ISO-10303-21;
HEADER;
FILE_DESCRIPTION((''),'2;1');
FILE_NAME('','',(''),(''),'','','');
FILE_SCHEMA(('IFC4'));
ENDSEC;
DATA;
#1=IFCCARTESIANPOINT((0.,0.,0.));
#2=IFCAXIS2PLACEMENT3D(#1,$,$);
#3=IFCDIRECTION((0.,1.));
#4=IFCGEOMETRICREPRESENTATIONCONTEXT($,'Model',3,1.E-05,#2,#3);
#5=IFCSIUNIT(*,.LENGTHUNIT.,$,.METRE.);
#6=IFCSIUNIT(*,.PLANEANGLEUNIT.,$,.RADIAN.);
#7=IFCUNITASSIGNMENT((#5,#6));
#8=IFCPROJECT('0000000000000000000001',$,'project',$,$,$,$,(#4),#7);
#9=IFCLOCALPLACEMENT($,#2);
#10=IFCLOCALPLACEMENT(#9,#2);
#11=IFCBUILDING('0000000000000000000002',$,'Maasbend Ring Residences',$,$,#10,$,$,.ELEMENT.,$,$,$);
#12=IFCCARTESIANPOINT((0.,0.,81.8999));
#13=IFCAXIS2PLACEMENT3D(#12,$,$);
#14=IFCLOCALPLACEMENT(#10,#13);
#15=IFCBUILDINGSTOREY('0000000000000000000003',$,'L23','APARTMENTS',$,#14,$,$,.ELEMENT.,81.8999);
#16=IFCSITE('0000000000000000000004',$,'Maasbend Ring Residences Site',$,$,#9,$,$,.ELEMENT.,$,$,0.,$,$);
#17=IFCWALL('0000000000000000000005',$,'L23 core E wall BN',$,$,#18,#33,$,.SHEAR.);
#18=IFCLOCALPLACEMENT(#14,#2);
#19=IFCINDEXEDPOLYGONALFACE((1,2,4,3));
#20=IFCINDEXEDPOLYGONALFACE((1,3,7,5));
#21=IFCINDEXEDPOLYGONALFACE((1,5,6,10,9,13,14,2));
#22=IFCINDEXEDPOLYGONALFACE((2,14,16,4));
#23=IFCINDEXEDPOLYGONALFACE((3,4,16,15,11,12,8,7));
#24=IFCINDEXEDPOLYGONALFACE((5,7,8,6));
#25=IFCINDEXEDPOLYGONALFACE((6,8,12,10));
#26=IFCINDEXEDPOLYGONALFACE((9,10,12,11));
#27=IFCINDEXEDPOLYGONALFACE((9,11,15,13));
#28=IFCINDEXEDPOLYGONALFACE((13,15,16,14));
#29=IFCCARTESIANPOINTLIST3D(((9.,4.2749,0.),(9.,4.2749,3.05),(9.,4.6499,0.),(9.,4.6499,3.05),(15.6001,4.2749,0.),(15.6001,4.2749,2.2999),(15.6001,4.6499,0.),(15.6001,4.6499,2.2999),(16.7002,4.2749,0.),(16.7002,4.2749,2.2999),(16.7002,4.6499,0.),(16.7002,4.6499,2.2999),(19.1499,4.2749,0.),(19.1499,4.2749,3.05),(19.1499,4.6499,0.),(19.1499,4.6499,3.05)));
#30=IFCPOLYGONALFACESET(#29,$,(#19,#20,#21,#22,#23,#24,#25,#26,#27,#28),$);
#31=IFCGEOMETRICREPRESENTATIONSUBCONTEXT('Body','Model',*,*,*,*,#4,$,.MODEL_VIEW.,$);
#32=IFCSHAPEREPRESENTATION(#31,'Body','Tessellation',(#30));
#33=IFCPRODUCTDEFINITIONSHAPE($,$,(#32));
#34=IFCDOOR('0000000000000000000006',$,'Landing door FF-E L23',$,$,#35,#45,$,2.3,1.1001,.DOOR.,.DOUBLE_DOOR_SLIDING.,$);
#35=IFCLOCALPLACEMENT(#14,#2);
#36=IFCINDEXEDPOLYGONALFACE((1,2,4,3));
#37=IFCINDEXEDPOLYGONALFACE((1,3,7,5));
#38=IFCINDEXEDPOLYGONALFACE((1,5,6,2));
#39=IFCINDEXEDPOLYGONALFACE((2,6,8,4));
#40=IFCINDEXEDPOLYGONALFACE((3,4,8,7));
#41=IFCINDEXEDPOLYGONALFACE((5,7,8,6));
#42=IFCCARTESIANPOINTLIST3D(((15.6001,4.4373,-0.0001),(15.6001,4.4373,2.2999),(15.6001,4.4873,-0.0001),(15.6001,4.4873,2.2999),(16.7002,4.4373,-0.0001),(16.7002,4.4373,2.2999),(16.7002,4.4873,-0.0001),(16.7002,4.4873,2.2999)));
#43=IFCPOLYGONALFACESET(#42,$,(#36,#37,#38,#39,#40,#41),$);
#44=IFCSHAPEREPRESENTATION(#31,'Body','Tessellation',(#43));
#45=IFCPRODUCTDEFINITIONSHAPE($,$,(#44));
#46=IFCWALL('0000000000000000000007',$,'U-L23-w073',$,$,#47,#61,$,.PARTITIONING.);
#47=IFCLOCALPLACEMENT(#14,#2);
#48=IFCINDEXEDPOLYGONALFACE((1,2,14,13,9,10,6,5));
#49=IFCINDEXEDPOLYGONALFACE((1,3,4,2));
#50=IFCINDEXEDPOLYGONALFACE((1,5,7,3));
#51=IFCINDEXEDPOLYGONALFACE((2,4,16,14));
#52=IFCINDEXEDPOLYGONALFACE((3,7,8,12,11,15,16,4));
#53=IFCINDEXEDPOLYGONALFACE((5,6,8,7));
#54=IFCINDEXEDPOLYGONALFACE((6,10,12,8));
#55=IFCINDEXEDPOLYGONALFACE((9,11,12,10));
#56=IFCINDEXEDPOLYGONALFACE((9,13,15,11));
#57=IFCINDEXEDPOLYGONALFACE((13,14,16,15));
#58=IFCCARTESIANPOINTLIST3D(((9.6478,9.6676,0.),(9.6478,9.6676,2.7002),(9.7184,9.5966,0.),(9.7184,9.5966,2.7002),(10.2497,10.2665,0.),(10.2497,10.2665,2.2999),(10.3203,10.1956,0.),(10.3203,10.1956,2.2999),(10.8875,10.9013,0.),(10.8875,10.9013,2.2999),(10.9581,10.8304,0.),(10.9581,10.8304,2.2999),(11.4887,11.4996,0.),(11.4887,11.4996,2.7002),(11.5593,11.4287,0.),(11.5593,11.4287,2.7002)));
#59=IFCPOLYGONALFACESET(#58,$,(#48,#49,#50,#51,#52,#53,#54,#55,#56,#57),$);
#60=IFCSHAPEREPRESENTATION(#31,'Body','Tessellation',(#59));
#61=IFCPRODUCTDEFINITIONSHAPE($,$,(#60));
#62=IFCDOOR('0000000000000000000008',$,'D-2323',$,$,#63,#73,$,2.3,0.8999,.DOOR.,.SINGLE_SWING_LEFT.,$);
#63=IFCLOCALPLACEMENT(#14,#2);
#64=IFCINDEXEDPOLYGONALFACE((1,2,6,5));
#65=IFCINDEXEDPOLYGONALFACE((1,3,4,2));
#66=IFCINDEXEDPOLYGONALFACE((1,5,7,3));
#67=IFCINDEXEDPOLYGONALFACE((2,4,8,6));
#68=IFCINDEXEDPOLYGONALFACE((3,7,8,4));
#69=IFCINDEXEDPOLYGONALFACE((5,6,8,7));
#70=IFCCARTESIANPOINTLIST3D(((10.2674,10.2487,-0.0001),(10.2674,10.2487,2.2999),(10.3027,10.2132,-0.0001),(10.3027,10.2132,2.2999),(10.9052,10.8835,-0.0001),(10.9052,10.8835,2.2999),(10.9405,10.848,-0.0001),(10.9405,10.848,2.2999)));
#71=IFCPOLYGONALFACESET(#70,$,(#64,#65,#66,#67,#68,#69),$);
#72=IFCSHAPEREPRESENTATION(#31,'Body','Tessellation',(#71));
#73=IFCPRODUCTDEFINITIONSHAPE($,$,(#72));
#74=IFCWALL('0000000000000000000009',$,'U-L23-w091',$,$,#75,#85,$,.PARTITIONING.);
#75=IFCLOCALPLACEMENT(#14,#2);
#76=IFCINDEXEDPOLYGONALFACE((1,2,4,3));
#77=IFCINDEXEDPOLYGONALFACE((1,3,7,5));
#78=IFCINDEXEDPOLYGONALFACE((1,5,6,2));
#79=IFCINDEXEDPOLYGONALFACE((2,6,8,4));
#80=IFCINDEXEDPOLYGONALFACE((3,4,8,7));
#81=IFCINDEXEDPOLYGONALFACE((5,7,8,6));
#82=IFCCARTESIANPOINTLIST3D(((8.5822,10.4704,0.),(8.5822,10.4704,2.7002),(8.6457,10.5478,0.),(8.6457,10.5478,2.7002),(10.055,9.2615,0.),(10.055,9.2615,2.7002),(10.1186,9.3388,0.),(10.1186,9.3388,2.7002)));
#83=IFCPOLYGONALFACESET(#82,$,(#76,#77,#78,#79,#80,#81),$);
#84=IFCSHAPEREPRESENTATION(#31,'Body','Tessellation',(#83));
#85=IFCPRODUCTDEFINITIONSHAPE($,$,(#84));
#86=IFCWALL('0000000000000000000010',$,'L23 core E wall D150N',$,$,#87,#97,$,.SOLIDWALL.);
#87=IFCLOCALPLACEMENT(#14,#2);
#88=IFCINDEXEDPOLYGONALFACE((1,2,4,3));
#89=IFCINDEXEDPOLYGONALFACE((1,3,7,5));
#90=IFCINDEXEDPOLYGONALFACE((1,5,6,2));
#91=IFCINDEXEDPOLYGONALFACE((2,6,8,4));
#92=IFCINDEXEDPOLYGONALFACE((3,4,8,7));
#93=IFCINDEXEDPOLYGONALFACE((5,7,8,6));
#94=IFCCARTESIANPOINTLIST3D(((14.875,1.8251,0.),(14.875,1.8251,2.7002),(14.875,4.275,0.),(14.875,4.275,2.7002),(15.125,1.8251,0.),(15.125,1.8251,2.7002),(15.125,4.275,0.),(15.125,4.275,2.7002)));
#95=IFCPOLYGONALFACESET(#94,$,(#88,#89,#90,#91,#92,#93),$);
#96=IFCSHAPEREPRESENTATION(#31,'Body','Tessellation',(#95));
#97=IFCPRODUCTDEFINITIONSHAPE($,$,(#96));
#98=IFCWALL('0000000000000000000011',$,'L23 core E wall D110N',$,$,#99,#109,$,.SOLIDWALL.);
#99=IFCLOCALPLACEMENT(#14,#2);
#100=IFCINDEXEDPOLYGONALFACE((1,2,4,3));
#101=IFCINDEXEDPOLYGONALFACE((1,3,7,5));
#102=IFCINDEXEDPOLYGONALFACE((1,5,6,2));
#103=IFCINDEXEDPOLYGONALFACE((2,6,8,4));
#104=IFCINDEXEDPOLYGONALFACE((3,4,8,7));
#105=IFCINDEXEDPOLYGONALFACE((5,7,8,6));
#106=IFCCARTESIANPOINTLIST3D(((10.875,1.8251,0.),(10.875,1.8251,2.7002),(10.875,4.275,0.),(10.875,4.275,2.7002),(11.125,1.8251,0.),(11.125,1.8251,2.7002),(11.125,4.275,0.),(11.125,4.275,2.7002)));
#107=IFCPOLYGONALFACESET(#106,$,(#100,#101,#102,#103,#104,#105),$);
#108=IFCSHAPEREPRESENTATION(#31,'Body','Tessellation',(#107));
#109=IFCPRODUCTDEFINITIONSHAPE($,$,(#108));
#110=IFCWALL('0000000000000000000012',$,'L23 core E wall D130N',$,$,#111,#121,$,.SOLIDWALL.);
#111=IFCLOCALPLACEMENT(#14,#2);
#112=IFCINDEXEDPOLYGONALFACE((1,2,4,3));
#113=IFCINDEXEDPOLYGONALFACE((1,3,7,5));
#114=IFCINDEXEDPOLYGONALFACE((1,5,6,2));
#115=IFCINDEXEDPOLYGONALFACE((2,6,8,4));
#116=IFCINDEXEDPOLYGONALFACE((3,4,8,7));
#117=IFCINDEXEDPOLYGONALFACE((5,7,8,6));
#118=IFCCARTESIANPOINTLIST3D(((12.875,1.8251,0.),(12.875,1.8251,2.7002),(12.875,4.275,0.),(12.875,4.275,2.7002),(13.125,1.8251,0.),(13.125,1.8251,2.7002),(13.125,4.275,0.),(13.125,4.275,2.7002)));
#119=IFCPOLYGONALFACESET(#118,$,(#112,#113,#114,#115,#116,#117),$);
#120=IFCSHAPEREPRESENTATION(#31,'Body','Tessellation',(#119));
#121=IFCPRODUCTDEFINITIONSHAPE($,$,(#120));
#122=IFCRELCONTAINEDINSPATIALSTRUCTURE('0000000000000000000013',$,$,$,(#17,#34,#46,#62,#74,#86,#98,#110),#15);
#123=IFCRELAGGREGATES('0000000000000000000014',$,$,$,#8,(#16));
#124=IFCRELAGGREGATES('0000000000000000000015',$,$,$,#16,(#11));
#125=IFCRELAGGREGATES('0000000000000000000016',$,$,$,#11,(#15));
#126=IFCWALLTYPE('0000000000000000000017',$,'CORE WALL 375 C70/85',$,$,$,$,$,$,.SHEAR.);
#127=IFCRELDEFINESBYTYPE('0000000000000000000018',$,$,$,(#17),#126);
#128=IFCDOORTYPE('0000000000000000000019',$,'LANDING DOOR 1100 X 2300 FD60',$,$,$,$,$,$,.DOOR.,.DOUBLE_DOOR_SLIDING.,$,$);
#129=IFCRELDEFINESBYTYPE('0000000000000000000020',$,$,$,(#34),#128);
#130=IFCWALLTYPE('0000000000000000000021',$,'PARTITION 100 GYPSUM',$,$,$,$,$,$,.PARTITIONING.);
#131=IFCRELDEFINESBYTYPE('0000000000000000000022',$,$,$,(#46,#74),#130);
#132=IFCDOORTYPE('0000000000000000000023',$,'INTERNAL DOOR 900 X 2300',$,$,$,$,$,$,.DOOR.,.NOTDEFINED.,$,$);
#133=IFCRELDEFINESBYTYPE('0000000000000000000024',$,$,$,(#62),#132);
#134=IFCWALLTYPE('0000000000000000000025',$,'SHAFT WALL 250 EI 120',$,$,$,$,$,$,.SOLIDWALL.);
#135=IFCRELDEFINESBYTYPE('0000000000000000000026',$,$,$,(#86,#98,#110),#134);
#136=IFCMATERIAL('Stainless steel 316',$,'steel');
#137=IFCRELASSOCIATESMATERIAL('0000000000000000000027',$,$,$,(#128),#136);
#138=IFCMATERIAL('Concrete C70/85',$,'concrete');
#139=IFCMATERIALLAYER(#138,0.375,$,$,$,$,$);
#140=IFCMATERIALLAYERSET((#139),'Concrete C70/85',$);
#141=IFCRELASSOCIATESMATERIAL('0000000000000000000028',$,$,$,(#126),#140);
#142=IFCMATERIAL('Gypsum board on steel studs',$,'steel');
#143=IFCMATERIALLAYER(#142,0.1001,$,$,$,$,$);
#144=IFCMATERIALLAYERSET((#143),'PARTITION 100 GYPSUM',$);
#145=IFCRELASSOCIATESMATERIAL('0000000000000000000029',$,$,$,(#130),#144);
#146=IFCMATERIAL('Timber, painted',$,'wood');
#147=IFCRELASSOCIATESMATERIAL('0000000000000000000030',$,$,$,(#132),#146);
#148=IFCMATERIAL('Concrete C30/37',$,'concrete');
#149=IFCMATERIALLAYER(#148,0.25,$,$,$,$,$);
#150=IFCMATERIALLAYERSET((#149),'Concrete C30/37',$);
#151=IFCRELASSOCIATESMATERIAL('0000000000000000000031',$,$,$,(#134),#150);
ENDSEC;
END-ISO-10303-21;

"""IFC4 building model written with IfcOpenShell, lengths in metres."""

from ifc_helpers import new_model, si_unit, direction, frame, frame_2d, origin, place, context, subcontext, project, spatial, rectangle, extrude, material, layer, layer_set, type_object, element, fill, save


model = new_model("IFC4")

# Units and contexts
model_context = context("Model", 3, precision=1e-05, world=origin(), true_north=direction((0.0, 1.0)))
body_context = subcontext(model_context, "Body", "Model", "MODEL_VIEW")
ifc_project = project(units=[si_unit("LENGTHUNIT", "METRE"), si_unit("PLANEANGLEUNIT", "RADIAN")], contexts=[model_context])

# Site, building, storey
site_placement = place(None, origin())
site = spatial("IfcSite", under=ifc_project, at=site_placement, Name="Maasbend Ring Residences Site", CompositionType="ELEMENT", RefElevation=0.0)
building_placement = place(site_placement, origin())
building = spatial("IfcBuilding", under=site, at=building_placement, Name="Maasbend Ring Residences", CompositionType="ELEMENT")
storey_placement = place(building_placement, frame((0.0, 0.0, 81.8999)))
storey = spatial("IfcBuildingStorey", under=building, at=storey_placement, Name="L23", Description="APARTMENTS", CompositionType="ELEMENT", Elevation=81.8999)

# Shared definitions
ifc_material_1 = material(Name="Stainless steel 316", Category="steel")
door_type_1 = type_object("IfcDoorType", Name="LANDING DOOR 1100 X 2300 FD60", OperationType="DOUBLE_DOOR_SLIDING", PredefinedType="DOOR", material=ifc_material_1)

# Walls, openings, doors
ifc_material_2 = material(Name="Concrete C70/85", Category="concrete")
ifc_layer_1 = layer(ifc_material_2, 0.375)
ifc_layer_set_1 = layer_set([ifc_layer_1], Name="Concrete C70/85")
wall_type_1 = type_object("IfcWallType", Name="CORE WALL 375 C70/85", PredefinedType="SHEAR", material=ifc_layer_set_1)
wall_1_placement = place(storey_placement, frame((9.0, 4.4624, 0.0), z_axis=(0.0, 0.0, 1.0), x_axis=(1.0, 0.0, 0.0)))
wall_1 = element("IfcWall", 1, at=wall_1_placement, inside=storey, type_object=wall_type_1, Name="L23 core E wall BN", PredefinedType="SHEAR", context=body_context, shape_type="SweptSolid", body=[
    extrude(rectangle(XDim=10.1499, YDim=0.375, at=frame_2d((5.075, 0.0))), origin(), (0.0, 0.0, 1.0), 3.05),
])
opening_1_placement = place(wall_1_placement, frame((6.6001, 0.0, 0.0)))
opening_1 = element("IfcOpeningElement", 2, at=opening_1_placement, cuts=wall_1, PredefinedType="OPENING", context=body_context, shape_type="SweptSolid", body=[
    extrude(rectangle(XDim=1.1001, YDim=2.3, at=frame_2d((0.55, 1.1499))), frame((0.0, 0.1975, 0.0), z_axis=(0.0, -1.0, 0.0), x_axis=(1.0, 0.0, 0.0)), (0.0, 0.0, 1.0), 0.395),
])
door_1_placement = place(opening_1_placement, origin())
door_1 = element("IfcDoor", 3, at=door_1_placement, inside=storey, type_object=door_type_1, Name="Landing door FF-E L23", OperationType="DOUBLE_DOOR_SLIDING", OverallHeight=2.3, OverallWidth=1.1001, PredefinedType="DOOR", context=body_context, shape_type="SweptSolid", body=[
    extrude(rectangle(XDim=1.1001, YDim=2.3, at=frame_2d((0.55, 1.1499))), frame((0.0, 0.0249, 0.0), z_axis=(0.0, -1.0, 0.0), x_axis=(1.0, 0.0, 0.0)), (0.0, 0.0, 1.0), 0.05),
])
fill(opening_1, door_1)
ifc_material_3 = material(Name="Gypsum board on steel studs", Category="steel")
ifc_layer_2 = layer(ifc_material_3, 0.1001)
ifc_layer_set_2 = layer_set([ifc_layer_2], Name="PARTITION 100 GYPSUM")
wall_type_2 = type_object("IfcWallType", Name="PARTITION 100 GYPSUM", PredefinedType="PARTITIONING", material=ifc_layer_set_2)
wall_2_placement = place(storey_placement, frame((9.6831, 9.6321, 0.0), z_axis=(0.0, 0.0, 1.0), x_axis=(0.708797, 0.705413, 0.0)))
wall_2 = element("IfcWall", 4, at=wall_2_placement, inside=storey, type_object=wall_type_2, Name="U-L23-w073", PredefinedType="PARTITIONING", context=body_context, shape_type="SweptSolid", body=[
    extrude(rectangle(XDim=2.5972, YDim=0.1001, at=frame_2d((1.2986, 0.0))), origin(), (0.0, 0.0, 1.0), 2.7002),
])
opening_2_placement = place(wall_2_placement, frame((0.8491, 0.0, 0.0)))
opening_2 = element("IfcOpeningElement", 5, at=opening_2_placement, cuts=wall_2, PredefinedType="OPENING", context=body_context, shape_type="SweptSolid", body=[
    extrude(rectangle(XDim=0.8999, YDim=2.3, at=frame_2d((0.45, 1.1499))), frame((0.0, 0.0601, 0.0), z_axis=(0.0, -1.0, 0.0), x_axis=(1.0, 0.0, 0.0)), (0.0, 0.0, 1.0), 0.1201),
])
ifc_material_4 = material(Name="Timber, painted", Category="wood")
door_type_2 = type_object("IfcDoorType", Name="INTERNAL DOOR 900 X 2300", OperationType="NOTDEFINED", PredefinedType="DOOR", material=ifc_material_4)
door_2_placement = place(opening_2_placement, origin())
door_2 = element("IfcDoor", 6, at=door_2_placement, inside=storey, type_object=door_type_2, Name="D-2323", OperationType="SINGLE_SWING_LEFT", OverallHeight=2.3, OverallWidth=0.8999, PredefinedType="DOOR", context=body_context, shape_type="SweptSolid", body=[
    extrude(rectangle(XDim=0.8999, YDim=2.3, at=frame_2d((0.45, 1.1499))), frame((0.0, 0.0249, 0.0), z_axis=(0.0, -1.0, 0.0), x_axis=(1.0, 0.0, 0.0)), (0.0, 0.0, 1.0), 0.05),
])
fill(opening_2, door_2)

# Walls
wall_3_placement = place(storey_placement, frame((8.614, 10.509, 0.0), z_axis=(0.0, 0.0, 1.0), x_axis=(0.772957, -0.634458, 0.0)))
element("IfcWall", 7, at=wall_3_placement, inside=storey, type_object=wall_type_2, Name="U-L23-w091", PredefinedType="PARTITIONING", context=body_context, shape_type="SweptSolid", body=[
    extrude(rectangle(XDim=1.9055, YDim=0.1001, at=frame_2d((0.9526, 0.0))), origin(), (0.0, 0.0, 1.0), 2.7002),
])
ifc_material_5 = material(Name="Concrete C30/37", Category="concrete")
ifc_layer_3 = layer(ifc_material_5, 0.25)
ifc_layer_set_3 = layer_set([ifc_layer_3], Name="Concrete C30/37")
wall_type_3 = type_object("IfcWallType", Name="SHAFT WALL 250 EI 120", PredefinedType="SOLIDWALL", material=ifc_layer_set_3)
for number, where, z_axis, x_axis, name in (
    (8, (15.0, 1.825, 0.0), (0.0, 0.0, 1.0), (0.0, 1.0, 0.0), "L23 core E wall D150N"),
    (9, (11.0, 1.825, 0.0), (0.0, 0.0, 1.0), (0.0, 1.0, 0.0), "L23 core E wall D110N"),
    (10, (13.0, 1.825, 0.0), (0.0, 0.0, 1.0), (0.0, 1.0, 0.0), "L23 core E wall D130N"),
):
    element("IfcWall", number, at=place(storey_placement, frame(where, z_axis=z_axis, x_axis=x_axis)), inside=storey, type_object=wall_type_3, Name=name, PredefinedType="SOLIDWALL", context=body_context, shape_type="SweptSolid", body=[
        extrude(rectangle(XDim=2.45, YDim=0.25, at=frame_2d((1.2251, 0.0))), origin(), (0.0, 0.0, 1.0), 2.7002),
    ])

save(model, "model.ifc")
